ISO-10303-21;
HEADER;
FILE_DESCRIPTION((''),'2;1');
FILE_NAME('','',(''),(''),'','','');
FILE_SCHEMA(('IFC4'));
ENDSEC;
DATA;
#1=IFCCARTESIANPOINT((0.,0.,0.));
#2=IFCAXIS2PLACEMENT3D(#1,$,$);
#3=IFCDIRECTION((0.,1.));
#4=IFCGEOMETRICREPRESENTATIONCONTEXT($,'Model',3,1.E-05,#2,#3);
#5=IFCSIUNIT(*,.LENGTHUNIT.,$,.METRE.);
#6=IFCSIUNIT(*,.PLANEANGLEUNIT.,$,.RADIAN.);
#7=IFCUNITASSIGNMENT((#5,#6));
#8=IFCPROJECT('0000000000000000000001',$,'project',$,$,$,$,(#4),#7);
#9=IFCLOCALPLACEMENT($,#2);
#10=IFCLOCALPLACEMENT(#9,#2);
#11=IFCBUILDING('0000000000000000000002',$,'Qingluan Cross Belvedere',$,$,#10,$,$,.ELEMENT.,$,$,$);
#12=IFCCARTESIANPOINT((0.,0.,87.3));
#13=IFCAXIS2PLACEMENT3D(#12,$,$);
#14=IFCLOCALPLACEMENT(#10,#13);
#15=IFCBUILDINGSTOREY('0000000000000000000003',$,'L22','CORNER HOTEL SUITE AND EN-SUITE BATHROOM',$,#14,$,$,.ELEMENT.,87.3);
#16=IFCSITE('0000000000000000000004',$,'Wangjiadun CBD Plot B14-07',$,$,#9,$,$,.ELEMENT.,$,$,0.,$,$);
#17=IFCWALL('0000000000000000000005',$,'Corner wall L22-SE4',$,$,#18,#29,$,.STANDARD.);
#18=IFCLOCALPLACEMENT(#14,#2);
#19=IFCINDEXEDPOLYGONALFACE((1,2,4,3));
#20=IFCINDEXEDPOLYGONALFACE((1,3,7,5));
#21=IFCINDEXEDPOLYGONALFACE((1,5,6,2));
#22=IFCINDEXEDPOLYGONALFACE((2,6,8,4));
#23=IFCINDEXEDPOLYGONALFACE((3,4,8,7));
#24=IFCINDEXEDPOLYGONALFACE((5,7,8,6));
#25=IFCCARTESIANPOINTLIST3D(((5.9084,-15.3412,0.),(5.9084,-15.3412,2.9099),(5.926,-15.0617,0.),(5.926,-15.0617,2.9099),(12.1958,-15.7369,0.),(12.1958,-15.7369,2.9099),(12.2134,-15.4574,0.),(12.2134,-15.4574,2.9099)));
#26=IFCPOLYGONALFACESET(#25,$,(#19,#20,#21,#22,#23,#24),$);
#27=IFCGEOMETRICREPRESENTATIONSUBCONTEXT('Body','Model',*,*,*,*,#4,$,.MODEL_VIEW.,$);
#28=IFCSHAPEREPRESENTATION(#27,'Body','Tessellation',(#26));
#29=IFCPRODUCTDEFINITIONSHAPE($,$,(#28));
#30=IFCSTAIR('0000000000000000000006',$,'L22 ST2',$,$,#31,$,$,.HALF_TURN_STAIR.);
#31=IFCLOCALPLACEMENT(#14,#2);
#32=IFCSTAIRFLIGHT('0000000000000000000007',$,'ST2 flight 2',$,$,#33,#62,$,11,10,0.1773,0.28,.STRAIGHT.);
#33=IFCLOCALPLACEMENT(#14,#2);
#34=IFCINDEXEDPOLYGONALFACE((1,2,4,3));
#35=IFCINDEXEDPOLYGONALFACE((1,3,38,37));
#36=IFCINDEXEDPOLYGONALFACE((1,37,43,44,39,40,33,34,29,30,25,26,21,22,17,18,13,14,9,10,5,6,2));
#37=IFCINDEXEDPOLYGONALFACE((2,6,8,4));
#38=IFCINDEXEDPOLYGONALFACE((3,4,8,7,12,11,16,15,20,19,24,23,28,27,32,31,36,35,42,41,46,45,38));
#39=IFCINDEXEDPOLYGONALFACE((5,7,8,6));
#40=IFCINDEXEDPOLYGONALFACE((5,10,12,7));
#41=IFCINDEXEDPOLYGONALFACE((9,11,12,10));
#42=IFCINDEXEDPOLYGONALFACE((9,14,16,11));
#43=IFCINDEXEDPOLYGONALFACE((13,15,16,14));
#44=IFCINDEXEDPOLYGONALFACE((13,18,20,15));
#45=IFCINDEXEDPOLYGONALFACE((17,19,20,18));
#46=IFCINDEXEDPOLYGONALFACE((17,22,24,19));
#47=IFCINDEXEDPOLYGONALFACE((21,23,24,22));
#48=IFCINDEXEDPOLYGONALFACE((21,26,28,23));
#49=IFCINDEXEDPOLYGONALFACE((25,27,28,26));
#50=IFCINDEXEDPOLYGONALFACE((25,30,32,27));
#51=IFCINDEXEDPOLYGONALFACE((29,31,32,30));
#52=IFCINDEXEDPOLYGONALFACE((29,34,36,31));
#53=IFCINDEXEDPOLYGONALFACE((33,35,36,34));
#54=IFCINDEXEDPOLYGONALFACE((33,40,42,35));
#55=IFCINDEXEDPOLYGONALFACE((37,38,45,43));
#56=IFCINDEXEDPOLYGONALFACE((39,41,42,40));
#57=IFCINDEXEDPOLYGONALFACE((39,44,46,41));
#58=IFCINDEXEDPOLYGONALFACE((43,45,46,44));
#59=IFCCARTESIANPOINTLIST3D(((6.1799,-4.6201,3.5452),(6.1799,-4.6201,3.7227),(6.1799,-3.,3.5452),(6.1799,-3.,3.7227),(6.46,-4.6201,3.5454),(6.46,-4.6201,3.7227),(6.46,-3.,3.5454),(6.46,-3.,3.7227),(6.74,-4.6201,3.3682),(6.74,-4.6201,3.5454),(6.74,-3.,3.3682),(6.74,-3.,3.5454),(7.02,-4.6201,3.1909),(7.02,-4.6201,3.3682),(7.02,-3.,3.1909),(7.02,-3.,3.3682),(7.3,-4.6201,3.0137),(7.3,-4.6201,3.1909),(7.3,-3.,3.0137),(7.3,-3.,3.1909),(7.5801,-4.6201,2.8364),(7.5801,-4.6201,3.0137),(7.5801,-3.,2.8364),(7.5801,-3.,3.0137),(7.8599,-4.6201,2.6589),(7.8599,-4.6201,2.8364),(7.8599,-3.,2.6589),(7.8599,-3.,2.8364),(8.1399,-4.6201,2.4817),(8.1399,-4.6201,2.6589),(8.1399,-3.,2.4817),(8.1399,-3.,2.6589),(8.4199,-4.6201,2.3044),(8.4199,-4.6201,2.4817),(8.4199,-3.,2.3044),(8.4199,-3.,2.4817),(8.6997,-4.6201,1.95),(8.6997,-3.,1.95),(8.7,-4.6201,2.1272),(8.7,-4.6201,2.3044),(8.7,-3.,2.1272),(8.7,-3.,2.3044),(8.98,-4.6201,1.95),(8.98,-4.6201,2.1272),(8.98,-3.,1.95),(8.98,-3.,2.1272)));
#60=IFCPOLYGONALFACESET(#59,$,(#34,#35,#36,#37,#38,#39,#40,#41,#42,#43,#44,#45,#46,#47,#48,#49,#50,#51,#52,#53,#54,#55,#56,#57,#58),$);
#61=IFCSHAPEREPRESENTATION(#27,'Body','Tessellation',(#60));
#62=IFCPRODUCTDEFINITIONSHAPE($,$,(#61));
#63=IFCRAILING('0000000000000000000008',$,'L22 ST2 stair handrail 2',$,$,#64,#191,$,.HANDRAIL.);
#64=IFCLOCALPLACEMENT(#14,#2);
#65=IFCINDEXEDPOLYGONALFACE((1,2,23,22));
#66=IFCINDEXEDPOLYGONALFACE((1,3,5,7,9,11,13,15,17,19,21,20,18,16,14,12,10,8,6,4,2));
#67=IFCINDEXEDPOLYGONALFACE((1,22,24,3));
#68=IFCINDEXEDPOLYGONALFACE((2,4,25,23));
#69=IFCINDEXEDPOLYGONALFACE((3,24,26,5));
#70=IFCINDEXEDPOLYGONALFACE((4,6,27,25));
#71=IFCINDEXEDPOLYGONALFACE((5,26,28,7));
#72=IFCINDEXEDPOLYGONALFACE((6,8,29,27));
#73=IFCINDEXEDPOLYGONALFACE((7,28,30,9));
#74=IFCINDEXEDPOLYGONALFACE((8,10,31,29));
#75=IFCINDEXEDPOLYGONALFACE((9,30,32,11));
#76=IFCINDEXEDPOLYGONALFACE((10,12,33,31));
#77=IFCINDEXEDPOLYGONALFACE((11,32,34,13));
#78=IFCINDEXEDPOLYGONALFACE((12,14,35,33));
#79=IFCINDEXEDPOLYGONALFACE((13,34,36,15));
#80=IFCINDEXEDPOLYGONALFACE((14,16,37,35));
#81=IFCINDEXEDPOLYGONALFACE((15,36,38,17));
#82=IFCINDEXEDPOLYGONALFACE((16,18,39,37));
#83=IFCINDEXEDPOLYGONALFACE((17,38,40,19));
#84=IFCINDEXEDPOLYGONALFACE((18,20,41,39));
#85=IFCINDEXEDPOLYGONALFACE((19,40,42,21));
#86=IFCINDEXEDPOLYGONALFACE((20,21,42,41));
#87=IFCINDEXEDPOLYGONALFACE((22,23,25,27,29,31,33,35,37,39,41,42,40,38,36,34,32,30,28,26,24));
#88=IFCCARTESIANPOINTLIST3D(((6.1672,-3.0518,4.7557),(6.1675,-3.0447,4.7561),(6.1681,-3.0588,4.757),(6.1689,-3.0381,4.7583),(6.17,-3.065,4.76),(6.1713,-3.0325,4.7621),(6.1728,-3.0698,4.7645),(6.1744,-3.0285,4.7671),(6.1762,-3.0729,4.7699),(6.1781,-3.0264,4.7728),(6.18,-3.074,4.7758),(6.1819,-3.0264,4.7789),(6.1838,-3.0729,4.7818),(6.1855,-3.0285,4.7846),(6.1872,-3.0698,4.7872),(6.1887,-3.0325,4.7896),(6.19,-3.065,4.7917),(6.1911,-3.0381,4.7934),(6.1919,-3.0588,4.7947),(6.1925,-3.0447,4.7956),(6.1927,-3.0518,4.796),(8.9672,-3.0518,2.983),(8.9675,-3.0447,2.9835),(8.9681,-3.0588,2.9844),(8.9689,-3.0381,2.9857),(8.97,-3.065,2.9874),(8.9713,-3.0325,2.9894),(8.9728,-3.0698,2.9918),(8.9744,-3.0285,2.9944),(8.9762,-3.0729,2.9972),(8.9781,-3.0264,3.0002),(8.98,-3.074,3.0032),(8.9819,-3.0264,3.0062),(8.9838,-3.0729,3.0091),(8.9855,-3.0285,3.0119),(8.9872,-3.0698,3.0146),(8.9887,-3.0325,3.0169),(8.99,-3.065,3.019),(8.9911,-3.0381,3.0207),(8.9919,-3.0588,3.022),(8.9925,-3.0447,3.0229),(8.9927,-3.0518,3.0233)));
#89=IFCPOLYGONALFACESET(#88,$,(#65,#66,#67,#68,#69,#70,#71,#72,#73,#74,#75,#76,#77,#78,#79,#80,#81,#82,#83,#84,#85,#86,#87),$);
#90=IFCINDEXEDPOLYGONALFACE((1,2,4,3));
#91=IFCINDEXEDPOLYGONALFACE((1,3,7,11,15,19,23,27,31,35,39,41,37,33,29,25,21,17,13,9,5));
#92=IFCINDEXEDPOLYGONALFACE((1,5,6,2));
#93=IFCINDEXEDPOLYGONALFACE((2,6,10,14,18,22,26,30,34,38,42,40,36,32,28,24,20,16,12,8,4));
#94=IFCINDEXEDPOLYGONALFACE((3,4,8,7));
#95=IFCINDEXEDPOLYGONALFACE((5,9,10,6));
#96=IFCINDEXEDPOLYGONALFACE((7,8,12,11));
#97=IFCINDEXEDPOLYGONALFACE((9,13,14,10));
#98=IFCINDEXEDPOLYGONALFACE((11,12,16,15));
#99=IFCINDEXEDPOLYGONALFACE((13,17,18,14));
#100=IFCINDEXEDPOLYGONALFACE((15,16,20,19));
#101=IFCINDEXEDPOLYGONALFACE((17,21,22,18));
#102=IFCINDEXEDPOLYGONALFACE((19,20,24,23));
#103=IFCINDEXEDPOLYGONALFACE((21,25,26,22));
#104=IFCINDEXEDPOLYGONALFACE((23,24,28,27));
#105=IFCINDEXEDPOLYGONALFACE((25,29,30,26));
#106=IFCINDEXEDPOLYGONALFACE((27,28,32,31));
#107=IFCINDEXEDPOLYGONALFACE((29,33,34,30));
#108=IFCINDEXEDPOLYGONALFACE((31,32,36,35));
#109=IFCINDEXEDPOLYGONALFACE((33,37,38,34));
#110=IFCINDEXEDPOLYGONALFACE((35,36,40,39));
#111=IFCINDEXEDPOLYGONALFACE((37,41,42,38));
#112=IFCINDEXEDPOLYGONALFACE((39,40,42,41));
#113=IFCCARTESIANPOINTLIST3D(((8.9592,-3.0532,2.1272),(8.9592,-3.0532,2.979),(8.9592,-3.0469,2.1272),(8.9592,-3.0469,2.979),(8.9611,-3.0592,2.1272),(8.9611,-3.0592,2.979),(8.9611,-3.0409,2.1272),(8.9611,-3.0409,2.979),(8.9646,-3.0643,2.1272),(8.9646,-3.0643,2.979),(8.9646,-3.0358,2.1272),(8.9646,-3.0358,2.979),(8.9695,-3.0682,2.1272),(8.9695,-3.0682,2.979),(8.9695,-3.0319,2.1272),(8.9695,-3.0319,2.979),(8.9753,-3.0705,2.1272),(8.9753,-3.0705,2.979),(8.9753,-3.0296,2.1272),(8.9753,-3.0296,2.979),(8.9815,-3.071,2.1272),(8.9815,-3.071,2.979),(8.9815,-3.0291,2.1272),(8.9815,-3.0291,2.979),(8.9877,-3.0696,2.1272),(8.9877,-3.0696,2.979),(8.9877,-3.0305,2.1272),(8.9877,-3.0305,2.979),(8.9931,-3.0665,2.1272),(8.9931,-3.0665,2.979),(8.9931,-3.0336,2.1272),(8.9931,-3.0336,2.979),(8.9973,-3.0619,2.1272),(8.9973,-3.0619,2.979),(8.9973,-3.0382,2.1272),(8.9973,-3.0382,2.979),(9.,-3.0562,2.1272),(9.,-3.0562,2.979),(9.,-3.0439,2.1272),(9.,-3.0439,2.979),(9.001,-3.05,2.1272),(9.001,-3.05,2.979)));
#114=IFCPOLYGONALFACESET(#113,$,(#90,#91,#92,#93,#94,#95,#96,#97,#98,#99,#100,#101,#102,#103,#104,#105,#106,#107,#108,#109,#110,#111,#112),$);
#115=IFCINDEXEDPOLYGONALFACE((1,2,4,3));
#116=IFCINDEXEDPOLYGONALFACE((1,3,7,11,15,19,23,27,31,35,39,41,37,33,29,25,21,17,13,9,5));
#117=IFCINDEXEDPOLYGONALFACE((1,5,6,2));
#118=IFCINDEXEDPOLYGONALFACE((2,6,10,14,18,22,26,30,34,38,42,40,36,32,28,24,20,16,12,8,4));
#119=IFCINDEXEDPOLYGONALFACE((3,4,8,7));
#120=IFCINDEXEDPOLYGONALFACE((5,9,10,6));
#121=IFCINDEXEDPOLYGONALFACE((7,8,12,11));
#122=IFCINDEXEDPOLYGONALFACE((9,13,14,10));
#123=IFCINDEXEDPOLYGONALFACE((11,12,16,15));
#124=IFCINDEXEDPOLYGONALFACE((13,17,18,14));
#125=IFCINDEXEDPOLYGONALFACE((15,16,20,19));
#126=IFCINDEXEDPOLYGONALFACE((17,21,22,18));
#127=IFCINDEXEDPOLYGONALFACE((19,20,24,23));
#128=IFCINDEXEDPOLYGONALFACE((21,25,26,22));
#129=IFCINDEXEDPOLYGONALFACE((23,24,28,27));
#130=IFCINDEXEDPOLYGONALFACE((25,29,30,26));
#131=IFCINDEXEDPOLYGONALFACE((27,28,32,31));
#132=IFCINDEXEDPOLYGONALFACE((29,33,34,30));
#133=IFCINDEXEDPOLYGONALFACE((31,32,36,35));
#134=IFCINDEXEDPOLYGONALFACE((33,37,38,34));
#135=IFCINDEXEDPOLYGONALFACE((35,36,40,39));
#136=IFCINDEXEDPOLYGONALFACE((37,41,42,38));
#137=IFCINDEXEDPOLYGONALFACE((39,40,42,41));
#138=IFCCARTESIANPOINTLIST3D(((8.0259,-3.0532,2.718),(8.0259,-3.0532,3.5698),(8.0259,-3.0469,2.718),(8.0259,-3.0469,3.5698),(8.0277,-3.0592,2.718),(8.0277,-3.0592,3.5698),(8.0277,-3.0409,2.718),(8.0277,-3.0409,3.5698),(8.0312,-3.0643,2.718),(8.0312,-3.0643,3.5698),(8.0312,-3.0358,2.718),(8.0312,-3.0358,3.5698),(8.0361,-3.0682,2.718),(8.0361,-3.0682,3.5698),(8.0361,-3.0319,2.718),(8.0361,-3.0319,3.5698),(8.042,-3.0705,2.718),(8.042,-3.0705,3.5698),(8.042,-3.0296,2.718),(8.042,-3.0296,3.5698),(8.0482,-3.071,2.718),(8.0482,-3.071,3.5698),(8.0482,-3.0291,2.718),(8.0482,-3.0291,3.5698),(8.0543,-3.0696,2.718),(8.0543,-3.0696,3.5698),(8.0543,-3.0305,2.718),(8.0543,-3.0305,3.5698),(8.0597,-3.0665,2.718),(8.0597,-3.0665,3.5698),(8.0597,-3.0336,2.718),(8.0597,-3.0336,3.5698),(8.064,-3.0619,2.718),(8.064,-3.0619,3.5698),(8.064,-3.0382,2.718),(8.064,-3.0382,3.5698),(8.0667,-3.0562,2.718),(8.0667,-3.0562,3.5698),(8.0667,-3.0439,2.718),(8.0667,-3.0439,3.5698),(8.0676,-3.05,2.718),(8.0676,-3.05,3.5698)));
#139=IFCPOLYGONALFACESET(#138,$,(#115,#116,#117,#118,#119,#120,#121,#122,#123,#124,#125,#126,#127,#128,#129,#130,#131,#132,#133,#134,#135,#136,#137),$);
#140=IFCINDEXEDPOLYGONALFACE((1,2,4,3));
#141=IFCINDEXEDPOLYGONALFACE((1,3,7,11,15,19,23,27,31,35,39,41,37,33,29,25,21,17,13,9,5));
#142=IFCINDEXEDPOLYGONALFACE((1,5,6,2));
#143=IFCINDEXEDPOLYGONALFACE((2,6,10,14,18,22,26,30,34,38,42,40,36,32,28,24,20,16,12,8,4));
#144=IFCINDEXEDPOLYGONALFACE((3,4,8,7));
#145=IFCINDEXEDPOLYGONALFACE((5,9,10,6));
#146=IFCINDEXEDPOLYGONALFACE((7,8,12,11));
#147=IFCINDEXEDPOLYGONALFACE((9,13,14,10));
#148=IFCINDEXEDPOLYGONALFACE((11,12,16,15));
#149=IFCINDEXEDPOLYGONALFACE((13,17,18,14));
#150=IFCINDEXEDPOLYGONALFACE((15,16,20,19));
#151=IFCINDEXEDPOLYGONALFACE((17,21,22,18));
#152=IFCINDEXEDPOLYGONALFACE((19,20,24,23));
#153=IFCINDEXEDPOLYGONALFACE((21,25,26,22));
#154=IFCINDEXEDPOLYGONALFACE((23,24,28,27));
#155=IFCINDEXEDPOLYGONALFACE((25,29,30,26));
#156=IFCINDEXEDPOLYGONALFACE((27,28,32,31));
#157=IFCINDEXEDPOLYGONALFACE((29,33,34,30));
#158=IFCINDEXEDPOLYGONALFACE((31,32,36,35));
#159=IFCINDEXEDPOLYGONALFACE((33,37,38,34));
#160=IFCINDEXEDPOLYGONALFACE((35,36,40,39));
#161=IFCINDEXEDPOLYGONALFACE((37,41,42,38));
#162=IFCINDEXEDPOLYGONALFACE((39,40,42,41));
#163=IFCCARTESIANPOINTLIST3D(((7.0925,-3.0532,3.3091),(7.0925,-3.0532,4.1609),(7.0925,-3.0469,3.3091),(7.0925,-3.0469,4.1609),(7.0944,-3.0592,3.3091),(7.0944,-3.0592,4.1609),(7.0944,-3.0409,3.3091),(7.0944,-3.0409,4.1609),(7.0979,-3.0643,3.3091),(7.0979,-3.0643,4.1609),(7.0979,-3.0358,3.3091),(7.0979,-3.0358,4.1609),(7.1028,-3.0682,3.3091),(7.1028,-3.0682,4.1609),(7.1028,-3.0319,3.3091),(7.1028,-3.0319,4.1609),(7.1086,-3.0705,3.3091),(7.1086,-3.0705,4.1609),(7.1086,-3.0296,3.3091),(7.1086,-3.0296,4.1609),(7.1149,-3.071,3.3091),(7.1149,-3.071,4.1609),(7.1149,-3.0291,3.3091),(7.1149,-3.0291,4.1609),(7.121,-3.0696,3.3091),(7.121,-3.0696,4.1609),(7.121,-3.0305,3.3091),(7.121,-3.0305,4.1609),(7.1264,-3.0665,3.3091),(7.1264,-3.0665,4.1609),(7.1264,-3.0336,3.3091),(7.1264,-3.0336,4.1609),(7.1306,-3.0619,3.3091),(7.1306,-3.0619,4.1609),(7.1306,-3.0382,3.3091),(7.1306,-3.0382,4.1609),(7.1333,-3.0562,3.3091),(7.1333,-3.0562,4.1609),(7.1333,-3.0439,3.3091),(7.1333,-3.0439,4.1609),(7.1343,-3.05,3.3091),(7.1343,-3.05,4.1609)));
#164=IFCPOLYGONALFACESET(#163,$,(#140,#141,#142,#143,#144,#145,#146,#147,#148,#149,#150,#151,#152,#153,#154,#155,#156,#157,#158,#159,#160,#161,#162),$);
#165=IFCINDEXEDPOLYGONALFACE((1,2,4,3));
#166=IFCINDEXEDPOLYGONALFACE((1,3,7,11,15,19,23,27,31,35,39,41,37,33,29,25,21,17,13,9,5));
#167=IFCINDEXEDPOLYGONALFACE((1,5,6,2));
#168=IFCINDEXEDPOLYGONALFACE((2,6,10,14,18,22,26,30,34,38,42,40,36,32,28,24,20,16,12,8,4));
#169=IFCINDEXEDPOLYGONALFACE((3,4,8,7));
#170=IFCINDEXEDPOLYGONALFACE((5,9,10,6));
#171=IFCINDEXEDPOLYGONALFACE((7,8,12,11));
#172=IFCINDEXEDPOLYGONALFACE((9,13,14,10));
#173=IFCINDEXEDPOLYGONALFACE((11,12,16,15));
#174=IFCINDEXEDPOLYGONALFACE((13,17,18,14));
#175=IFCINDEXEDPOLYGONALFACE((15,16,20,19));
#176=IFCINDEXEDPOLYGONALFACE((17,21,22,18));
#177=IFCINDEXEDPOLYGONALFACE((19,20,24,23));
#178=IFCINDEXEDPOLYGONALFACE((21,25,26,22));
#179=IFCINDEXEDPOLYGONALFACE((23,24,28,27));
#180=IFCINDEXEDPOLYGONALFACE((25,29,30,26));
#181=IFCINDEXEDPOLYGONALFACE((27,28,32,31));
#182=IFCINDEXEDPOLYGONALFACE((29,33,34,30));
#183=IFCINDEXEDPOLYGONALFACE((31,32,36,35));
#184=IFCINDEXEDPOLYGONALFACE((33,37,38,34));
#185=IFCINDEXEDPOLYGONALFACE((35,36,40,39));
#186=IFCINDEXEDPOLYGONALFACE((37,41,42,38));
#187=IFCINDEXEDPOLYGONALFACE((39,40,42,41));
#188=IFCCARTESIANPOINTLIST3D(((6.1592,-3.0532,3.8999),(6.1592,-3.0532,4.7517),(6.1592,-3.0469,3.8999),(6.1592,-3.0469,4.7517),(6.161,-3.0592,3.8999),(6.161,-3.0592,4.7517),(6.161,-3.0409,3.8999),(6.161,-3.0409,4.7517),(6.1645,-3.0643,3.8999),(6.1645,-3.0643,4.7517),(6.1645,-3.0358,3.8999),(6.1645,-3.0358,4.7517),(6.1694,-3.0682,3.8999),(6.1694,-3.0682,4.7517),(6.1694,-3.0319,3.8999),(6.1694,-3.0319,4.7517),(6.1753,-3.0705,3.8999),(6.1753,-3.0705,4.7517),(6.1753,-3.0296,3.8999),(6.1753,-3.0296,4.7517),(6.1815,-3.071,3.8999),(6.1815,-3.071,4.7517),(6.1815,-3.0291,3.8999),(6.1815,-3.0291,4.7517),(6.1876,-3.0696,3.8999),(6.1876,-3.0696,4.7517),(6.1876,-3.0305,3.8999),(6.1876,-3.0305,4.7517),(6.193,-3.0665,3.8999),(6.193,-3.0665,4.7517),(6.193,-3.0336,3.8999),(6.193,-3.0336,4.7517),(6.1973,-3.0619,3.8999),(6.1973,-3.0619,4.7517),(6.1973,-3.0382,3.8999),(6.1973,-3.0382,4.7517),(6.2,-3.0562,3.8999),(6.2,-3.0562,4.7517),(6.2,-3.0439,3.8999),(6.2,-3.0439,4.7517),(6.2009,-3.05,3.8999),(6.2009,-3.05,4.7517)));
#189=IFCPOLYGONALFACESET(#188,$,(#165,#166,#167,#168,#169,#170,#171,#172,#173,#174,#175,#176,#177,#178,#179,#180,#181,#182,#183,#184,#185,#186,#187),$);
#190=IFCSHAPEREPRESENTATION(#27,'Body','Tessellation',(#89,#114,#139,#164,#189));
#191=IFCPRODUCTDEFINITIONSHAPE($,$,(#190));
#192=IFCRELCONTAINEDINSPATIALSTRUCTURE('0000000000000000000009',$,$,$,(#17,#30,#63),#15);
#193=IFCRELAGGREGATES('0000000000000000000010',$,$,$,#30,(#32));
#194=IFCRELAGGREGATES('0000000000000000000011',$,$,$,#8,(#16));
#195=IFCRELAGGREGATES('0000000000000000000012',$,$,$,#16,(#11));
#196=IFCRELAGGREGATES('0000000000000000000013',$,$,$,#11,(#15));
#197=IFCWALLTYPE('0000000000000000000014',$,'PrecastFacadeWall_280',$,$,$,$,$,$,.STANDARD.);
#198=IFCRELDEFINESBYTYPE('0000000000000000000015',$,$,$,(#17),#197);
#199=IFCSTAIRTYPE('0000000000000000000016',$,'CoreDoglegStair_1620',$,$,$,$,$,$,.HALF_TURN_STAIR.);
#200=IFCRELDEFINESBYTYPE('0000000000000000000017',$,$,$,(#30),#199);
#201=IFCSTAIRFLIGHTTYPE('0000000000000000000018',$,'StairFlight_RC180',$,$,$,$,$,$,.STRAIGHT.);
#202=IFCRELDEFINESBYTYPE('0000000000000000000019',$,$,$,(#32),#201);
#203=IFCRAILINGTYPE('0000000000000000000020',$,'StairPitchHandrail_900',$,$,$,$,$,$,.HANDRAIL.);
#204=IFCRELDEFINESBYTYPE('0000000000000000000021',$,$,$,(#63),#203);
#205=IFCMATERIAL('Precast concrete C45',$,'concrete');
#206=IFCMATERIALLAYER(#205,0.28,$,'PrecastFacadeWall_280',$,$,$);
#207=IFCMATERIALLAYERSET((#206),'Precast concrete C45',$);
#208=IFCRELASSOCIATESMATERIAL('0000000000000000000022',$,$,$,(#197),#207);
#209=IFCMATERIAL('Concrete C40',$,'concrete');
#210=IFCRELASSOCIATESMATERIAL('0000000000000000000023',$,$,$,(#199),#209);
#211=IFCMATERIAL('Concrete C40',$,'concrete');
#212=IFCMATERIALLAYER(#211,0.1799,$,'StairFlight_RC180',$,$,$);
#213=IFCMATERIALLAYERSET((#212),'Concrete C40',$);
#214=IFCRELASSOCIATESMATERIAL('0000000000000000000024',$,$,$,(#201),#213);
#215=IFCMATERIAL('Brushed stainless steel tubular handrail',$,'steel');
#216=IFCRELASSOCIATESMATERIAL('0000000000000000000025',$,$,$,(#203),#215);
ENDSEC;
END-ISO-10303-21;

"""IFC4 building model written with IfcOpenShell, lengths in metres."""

from ifc_helpers import new_model, si_unit, direction, frame, frame_2d, origin, origin_2d, place, context, subcontext, project, spatial, polyline, rectangle, circle, outline, extrude, material, layer, layer_set, type_object, element, aggregate, save


model = new_model("IFC4")

# Units and contexts
model_context = context("Model", 3, precision=1e-05, world=origin(), true_north=direction((0.0, 1.0)))
body_context = subcontext(model_context, "Body", "Model", "MODEL_VIEW")
ifc_project = project(units=[si_unit("LENGTHUNIT", "METRE"), si_unit("PLANEANGLEUNIT", "RADIAN")], contexts=[model_context])

# Site, building, storey
site_placement = place(None, origin())
site = spatial("IfcSite", under=ifc_project, at=site_placement, Name="Wangjiadun CBD Plot B14-07", CompositionType="ELEMENT", RefElevation=0.0)
building_placement = place(site_placement, origin())
building = spatial("IfcBuilding", under=site, at=building_placement, Name="Qingluan Cross Belvedere", CompositionType="ELEMENT")
storey_placement = place(building_placement, frame((0.0, 0.0, 87.3)))
storey = spatial("IfcBuildingStorey", under=building, at=storey_placement, Name="L22", Description="CORNER HOTEL SUITE AND EN-SUITE BATHROOM", CompositionType="ELEMENT", Elevation=87.3)

# Wall
ifc_material_1 = material(Name="Precast concrete C45", Category="concrete")
ifc_layer_1 = layer(ifc_material_1, 0.28, Name="PrecastFacadeWall_280")
ifc_layer_set_1 = layer_set([ifc_layer_1], Name="Precast concrete C45")
wall_type_1 = type_object("IfcWallType", Name="PrecastFacadeWall_280", PredefinedType="STANDARD", material=ifc_layer_set_1)
wall_1_placement = place(storey_placement, frame((12.2046, -15.5972, 0.0), z_axis=(0.0, 0.0, 1.0), x_axis=(-0.998025, 0.06282, 0.0)))
element("IfcWall", 1, at=wall_1_placement, inside=storey, type_object=wall_type_1, Name="Corner wall L22-SE4", PredefinedType="STANDARD", context=body_context, shape_type="SweptSolid", body=[
    extrude(rectangle(XDim=6.2998, YDim=0.28, at=frame_2d((3.1499, 0.0))), origin(), (0.0, 0.0, 1.0), 2.9099),
])

# Stair, stair flight
ifc_material_2 = material(Name="Concrete C40", Category="concrete")
stair_type = type_object("IfcStairType", Name="CoreDoglegStair_1620", PredefinedType="HALF_TURN_STAIR", material=ifc_material_2)
stair_placement = place(storey_placement, origin())
stair = element("IfcStair", 2, at=stair_placement, inside=storey, type_object=stair_type, Name="L22 ST2", PredefinedType="HALF_TURN_STAIR")
ifc_material_3 = material(Name="Concrete C40", Category="concrete")
ifc_layer_2 = layer(ifc_material_3, 0.1799, Name="StairFlight_RC180")
ifc_layer_set_2 = layer_set([ifc_layer_2], Name="Concrete C40")
stair_flight_type = type_object("IfcStairFlightType", Name="StairFlight_RC180", PredefinedType="STRAIGHT", material=ifc_layer_set_2)
stair_flight_placement = place(storey_placement, frame((8.98, -3.8101, 1.95), z_axis=(0.0, 0.0, 1.0), x_axis=(-1.0, 0.0, 0.0)))
stair_flight = element("IfcStairFlight", 3, at=stair_flight_placement, type_object=stair_flight_type, Name="ST2 flight 2", NumberOfRisers=11, NumberOfTreads=10, PredefinedType="STRAIGHT", RiserHeight=0.1773, TreadLength=0.28, context=body_context, shape_type="SweptSolid", body=[
    extrude(outline(polyline([(0.0, 0.0), (0.0, 0.1772), (0.28, 0.1772), (0.28, 0.3545), (0.5601, 0.3545), (0.5601, 0.5317), (0.8401, 0.5317), (0.8401, 0.709), (1.1201, 0.709), (1.1201, 0.8865), (1.3999, 0.8865), (1.3999, 1.0637), (1.6799, 1.0637), (1.6799, 1.241), (1.96, 1.241), (1.96, 1.4182), (2.24, 1.4182), (2.24, 1.5955), (2.52, 1.5955), (2.52, 1.7727), (2.8, 1.7727), (2.8, 1.95), (2.8, 1.5952), (0.2803, 0.0), (0.0, 0.0)])), frame((0.0, 0.8101, 0.0), z_axis=(0.0, -1.0, 0.0), x_axis=(1.0, 0.0, 0.0)), (0.0, 0.0, 1.0), 1.6201),
])
aggregate(stair, [stair_flight])

# Railing
ifc_material_4 = material(Name="Brushed stainless steel tubular handrail", Category="steel")
railing_type_1 = type_object("IfcRailingType", Name="StairPitchHandrail_900", PredefinedType="HANDRAIL", material=ifc_material_4)
railing_1_placement = place(storey_placement, frame((8.98, -3.05, 2.1272)))
element("IfcRailing", 4, at=railing_1_placement, inside=storey, type_object=railing_type_1, Name="L22 ST2 stair handrail 2", PredefinedType="HANDRAIL", context=body_context, shape_type="SweptSolid", body=[
    extrude(circle(Radius=0.0239, at=origin_2d()), frame((0.0, 0.0, 0.876), z_axis=(-0.844909, 0.0, 0.53491), x_axis=(0.0, -1.0, 0.0)), (0.0, 0.0, 1.0), 3.314),
    extrude(circle(Radius=0.021, at=origin_2d()), origin(), (0.0, 0.0, 1.0), 0.8518),
    extrude(circle(Radius=0.021, at=origin_2d()), frame((-0.9333, 0.0, 0.5908)), (0.0, 0.0, 1.0), 0.8518),
    extrude(circle(Radius=0.021, at=origin_2d()), frame((-1.8667, 0.0, 1.1819)), (0.0, 0.0, 1.0), 0.8518),
    extrude(circle(Radius=0.021, at=origin_2d()), frame((-2.8, 0.0, 1.7727)), (0.0, 0.0, 1.0), 0.8518),
])

save(model, "model.ifc")
